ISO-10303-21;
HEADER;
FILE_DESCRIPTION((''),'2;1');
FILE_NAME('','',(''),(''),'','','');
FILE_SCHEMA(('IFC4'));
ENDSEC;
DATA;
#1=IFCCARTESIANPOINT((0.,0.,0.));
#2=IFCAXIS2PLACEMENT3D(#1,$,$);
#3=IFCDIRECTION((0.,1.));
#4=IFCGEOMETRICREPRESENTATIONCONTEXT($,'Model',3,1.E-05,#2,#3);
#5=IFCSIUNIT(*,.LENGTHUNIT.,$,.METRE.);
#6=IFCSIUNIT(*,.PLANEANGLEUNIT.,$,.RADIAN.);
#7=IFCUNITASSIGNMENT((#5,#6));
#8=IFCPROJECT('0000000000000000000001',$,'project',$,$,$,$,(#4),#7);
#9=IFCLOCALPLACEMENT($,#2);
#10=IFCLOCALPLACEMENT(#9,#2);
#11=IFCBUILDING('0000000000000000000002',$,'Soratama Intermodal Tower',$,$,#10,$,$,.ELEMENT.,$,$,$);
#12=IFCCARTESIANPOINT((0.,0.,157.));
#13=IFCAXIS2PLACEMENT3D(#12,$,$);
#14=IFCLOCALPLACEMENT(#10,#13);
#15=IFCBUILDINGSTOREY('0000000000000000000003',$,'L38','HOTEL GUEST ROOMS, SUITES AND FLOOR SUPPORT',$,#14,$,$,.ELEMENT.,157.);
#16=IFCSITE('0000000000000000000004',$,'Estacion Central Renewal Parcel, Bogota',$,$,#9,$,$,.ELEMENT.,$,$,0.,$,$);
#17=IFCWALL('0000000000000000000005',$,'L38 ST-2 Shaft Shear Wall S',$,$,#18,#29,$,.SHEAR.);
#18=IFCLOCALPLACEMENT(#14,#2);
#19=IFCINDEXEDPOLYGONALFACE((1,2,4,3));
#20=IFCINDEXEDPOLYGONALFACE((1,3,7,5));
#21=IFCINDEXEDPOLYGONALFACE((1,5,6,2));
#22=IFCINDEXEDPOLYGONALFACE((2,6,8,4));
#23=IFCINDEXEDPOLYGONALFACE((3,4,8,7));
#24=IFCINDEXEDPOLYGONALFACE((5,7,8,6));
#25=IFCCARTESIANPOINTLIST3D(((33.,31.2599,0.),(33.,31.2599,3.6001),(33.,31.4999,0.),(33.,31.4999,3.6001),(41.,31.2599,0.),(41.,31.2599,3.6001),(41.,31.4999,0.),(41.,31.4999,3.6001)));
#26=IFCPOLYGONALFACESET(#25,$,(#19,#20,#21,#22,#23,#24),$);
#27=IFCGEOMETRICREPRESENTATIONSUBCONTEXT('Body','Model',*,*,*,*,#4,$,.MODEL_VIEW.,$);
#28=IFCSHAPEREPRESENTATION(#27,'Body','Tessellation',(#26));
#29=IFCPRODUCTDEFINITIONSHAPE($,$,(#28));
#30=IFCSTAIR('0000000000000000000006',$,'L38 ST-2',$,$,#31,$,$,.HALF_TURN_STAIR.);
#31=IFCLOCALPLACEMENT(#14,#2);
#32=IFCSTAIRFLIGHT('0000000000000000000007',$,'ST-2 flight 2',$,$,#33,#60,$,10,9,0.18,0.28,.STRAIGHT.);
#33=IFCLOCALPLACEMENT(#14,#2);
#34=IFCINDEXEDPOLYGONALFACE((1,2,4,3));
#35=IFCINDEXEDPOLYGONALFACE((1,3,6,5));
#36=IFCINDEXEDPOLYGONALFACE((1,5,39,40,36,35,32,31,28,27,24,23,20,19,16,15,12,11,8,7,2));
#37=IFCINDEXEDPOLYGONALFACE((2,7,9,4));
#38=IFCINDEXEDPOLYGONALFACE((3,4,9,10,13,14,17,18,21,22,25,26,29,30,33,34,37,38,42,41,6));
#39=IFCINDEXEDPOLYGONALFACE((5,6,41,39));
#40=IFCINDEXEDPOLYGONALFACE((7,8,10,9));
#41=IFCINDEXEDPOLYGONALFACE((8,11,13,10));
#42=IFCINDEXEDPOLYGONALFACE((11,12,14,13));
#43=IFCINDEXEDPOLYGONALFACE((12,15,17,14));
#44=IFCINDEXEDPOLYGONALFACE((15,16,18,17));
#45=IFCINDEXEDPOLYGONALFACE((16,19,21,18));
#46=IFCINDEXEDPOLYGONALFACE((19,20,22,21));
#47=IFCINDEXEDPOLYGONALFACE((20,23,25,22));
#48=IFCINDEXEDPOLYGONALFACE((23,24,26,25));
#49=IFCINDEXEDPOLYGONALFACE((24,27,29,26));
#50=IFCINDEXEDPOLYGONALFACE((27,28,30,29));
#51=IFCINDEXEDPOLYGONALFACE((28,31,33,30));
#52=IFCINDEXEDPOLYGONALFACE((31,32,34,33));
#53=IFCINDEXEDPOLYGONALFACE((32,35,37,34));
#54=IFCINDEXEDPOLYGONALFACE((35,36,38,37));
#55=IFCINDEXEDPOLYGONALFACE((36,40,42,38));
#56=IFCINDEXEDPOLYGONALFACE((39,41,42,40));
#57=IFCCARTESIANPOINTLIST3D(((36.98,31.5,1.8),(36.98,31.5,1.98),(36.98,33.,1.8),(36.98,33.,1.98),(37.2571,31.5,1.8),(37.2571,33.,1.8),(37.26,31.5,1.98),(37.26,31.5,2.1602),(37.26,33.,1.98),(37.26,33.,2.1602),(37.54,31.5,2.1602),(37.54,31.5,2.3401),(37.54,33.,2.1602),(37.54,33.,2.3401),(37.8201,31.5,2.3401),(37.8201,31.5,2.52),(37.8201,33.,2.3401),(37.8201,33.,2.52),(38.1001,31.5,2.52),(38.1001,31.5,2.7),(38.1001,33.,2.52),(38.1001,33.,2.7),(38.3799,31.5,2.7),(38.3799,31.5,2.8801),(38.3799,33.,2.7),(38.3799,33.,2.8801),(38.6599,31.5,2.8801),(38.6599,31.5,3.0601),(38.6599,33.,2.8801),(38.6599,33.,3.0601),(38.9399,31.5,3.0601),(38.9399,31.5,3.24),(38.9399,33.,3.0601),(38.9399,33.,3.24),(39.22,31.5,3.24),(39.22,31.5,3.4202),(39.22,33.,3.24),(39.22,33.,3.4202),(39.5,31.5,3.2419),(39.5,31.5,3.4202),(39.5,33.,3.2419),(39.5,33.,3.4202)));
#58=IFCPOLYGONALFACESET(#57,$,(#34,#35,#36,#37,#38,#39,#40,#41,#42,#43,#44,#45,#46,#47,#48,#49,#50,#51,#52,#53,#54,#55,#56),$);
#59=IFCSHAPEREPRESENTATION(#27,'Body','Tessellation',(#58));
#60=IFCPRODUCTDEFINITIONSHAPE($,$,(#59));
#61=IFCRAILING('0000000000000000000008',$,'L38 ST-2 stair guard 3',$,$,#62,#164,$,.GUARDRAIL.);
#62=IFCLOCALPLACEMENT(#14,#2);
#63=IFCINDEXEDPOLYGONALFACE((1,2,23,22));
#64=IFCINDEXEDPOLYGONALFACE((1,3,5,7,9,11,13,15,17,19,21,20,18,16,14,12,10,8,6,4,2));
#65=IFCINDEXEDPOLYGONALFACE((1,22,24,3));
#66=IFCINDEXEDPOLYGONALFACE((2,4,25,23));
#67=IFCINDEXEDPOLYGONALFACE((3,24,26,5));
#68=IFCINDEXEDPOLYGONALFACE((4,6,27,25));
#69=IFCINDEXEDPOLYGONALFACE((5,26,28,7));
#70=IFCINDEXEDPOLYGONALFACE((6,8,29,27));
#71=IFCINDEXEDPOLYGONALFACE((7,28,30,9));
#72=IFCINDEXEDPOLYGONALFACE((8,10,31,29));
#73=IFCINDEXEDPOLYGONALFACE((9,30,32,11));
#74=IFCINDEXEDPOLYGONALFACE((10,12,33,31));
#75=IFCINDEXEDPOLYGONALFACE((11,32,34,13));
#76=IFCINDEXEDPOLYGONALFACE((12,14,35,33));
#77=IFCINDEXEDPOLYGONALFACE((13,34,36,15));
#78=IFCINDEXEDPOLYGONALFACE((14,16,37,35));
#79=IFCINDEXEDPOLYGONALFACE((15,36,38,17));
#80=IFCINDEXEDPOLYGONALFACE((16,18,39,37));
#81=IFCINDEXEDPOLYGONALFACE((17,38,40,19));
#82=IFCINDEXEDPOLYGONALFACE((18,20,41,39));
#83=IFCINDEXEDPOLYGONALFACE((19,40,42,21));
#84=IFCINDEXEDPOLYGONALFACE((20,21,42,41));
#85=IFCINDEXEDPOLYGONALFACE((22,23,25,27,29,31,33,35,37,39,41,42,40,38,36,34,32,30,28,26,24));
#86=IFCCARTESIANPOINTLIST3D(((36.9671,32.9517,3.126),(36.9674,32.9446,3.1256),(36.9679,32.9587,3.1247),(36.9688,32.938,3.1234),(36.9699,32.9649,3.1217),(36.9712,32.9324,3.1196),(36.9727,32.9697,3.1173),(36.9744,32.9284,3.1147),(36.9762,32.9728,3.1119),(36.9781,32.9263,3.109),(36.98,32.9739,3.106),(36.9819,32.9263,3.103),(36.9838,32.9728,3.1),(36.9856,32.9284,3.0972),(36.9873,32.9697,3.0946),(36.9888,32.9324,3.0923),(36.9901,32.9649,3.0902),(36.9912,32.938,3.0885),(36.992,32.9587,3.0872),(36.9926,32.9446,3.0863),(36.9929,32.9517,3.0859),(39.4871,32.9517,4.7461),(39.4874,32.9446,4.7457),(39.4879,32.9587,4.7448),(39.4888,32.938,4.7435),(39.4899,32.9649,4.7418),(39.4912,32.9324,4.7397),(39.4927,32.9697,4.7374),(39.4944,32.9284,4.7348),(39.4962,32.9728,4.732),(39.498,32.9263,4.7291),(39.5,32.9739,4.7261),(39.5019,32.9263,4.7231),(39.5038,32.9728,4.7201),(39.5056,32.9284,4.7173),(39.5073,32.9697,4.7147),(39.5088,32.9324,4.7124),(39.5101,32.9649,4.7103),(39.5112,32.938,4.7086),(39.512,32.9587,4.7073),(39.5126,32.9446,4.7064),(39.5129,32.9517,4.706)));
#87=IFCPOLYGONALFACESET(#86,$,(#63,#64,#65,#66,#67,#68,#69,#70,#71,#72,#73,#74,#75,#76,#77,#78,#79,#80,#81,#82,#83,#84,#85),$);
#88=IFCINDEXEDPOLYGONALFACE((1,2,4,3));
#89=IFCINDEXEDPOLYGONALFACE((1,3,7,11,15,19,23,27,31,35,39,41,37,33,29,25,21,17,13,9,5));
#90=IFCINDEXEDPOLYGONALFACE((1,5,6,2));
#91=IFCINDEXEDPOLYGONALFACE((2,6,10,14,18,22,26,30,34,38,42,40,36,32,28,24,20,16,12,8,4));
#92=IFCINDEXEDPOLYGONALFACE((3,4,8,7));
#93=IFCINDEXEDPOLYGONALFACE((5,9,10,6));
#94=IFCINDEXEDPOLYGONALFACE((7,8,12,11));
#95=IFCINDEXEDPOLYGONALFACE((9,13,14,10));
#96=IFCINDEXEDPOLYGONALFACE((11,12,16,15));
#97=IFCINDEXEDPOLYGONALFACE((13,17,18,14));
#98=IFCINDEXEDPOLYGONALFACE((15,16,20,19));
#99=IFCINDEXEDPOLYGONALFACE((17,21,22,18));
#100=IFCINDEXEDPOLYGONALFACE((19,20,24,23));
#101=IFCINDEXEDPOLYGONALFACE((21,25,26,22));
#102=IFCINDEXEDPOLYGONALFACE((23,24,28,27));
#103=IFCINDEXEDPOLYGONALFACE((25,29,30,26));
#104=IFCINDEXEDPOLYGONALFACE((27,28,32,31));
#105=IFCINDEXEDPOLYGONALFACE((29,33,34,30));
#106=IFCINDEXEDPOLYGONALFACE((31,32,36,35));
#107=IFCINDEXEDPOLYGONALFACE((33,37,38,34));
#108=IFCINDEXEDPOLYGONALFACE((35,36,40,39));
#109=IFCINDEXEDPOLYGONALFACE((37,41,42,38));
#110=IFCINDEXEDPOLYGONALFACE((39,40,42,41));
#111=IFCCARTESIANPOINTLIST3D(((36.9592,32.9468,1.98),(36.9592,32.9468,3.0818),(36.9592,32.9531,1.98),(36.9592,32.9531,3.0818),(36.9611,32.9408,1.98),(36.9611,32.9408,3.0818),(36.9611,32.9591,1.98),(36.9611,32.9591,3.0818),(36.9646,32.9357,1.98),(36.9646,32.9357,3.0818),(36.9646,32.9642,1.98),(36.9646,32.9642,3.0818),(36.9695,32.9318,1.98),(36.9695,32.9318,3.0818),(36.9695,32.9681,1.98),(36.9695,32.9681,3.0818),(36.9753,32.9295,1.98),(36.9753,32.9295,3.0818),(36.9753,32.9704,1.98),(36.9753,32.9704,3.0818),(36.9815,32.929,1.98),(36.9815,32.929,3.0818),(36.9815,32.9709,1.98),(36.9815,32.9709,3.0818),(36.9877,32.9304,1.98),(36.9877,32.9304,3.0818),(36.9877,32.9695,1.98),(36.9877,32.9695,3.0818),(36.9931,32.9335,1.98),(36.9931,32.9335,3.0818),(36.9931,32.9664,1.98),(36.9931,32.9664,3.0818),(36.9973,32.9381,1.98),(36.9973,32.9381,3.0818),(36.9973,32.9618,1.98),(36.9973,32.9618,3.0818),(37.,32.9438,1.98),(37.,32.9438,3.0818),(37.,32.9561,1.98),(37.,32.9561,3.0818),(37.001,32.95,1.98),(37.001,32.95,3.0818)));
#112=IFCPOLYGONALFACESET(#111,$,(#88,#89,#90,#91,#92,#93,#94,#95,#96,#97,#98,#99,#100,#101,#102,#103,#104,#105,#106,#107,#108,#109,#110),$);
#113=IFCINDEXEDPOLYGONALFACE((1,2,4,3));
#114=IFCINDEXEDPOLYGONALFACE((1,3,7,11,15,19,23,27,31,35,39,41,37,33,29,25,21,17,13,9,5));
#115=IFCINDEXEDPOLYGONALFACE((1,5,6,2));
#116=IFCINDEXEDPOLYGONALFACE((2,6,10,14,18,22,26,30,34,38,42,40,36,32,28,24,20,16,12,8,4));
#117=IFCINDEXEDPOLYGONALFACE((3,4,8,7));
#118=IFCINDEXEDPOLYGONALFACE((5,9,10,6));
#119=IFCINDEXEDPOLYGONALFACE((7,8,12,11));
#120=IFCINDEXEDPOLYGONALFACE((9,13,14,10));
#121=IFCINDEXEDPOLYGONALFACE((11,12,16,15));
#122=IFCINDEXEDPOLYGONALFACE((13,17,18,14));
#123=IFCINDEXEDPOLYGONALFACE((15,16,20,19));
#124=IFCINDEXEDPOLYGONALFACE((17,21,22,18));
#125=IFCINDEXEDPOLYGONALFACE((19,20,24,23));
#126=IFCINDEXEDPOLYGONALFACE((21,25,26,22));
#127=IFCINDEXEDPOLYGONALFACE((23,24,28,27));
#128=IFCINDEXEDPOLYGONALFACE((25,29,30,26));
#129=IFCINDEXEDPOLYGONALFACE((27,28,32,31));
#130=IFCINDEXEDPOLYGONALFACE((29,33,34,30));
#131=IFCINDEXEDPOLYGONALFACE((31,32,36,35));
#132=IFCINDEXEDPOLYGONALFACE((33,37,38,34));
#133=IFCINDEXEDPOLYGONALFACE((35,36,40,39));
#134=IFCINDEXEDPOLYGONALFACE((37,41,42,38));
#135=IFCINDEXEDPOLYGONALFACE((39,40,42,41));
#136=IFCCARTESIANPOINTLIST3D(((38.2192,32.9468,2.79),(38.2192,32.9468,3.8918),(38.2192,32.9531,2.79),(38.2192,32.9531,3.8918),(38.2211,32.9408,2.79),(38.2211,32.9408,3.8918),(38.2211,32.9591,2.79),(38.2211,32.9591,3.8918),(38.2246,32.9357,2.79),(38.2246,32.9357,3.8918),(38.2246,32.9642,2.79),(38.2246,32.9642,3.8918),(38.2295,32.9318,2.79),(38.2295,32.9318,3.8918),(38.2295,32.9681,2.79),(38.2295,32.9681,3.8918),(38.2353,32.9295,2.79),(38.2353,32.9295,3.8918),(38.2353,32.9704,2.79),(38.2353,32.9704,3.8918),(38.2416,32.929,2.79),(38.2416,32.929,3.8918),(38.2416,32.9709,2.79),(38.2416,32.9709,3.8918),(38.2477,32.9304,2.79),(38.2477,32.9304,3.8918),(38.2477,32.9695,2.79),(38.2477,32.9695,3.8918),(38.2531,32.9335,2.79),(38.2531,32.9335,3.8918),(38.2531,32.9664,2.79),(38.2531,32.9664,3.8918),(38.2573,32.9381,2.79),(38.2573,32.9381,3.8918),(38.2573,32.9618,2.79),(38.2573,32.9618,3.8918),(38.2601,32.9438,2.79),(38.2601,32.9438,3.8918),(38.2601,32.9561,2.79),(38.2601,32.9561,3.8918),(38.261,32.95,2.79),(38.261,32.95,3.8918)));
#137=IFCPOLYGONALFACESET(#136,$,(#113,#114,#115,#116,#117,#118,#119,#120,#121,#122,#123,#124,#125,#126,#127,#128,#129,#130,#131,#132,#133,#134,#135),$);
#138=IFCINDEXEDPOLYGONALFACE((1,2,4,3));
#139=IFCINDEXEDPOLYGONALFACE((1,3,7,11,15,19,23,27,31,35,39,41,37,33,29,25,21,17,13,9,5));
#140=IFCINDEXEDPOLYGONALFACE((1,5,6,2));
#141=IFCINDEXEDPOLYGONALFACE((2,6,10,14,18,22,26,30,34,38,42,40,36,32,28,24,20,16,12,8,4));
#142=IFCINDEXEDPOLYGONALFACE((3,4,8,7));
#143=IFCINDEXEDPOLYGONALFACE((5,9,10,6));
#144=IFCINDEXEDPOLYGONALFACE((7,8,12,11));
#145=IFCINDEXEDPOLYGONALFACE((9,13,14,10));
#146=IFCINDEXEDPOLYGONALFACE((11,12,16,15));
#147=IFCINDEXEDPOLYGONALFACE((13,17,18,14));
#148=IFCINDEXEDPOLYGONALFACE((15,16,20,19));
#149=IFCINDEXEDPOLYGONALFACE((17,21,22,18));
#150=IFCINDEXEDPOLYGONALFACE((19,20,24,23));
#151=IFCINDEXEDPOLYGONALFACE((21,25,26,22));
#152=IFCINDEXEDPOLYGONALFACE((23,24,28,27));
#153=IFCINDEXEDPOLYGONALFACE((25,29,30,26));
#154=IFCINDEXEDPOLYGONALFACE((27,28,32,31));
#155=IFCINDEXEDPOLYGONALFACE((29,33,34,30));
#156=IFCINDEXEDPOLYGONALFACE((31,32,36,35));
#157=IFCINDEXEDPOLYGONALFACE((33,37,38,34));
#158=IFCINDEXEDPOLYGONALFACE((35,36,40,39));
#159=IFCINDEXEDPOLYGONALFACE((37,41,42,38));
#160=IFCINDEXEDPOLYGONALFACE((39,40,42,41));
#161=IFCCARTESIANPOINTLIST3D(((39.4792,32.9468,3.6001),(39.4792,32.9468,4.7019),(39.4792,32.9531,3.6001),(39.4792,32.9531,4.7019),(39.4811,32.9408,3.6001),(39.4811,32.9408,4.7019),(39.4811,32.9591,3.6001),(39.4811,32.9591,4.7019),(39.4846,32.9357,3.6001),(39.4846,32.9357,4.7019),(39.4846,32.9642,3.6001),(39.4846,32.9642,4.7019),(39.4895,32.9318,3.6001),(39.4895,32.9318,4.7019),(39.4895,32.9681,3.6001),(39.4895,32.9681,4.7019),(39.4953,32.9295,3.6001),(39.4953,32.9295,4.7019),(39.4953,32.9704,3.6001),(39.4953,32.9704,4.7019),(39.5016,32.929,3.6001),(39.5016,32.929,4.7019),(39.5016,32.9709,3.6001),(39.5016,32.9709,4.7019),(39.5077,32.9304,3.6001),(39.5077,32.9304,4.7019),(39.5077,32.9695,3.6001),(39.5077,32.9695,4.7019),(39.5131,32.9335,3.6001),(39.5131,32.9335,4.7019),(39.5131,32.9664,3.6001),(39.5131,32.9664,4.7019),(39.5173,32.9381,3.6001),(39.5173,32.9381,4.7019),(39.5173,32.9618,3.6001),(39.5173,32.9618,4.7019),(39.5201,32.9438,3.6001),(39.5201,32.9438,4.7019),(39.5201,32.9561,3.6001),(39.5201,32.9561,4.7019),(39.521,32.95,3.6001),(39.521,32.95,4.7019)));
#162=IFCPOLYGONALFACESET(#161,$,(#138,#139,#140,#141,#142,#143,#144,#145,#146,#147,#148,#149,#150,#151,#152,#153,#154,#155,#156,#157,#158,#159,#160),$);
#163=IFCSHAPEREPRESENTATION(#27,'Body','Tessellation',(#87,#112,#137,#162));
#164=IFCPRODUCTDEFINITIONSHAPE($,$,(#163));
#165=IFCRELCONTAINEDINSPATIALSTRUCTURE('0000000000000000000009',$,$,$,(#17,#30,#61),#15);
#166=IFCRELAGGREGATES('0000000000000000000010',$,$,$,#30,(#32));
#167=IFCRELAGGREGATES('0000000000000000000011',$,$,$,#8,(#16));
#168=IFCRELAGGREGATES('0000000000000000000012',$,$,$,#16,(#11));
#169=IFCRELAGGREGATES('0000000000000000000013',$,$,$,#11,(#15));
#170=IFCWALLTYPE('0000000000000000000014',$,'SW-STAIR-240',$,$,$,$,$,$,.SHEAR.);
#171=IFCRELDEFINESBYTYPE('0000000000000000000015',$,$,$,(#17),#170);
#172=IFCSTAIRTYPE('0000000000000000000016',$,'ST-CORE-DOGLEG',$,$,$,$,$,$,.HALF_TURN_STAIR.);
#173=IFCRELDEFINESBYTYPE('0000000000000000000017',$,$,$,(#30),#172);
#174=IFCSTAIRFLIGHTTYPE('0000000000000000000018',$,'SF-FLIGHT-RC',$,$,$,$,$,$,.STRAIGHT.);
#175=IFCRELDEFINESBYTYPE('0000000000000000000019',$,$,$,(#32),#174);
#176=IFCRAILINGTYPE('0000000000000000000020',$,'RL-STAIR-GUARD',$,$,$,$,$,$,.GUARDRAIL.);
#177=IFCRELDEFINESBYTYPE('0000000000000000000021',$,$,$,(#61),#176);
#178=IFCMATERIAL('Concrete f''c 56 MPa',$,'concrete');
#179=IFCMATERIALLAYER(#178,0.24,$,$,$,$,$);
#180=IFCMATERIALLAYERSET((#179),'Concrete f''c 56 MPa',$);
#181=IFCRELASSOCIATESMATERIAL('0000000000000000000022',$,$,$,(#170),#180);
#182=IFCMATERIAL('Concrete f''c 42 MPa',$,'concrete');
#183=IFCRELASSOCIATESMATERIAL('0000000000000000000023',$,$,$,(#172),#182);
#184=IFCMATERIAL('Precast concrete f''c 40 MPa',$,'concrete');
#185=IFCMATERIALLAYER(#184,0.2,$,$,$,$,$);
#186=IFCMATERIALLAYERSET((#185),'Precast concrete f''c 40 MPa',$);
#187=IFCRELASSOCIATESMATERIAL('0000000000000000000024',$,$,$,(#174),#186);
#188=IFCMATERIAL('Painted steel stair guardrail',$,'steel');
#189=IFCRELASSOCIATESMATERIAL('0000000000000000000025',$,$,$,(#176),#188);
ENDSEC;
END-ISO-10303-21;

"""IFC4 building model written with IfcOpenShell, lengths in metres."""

from ifc_helpers import new_model, si_unit, direction, frame, frame_2d, origin, origin_2d, place, context, subcontext, project, spatial, polyline, rectangle, circle, outline, extrude, material, layer, layer_set, type_object, element, aggregate, save


model = new_model("IFC4")

# Units and contexts
model_context = context("Model", 3, precision=1e-05, world=origin(), true_north=direction((0.0, 1.0)))
body_context = subcontext(model_context, "Body", "Model", "MODEL_VIEW")
ifc_project = project(units=[si_unit("LENGTHUNIT", "METRE"), si_unit("PLANEANGLEUNIT", "RADIAN")], contexts=[model_context])

# Site, building, storey
site_placement = place(None, origin())
site = spatial("IfcSite", under=ifc_project, at=site_placement, Name="Estacion Central Renewal Parcel, Bogota", CompositionType="ELEMENT", RefElevation=0.0)
building_placement = place(site_placement, origin())
building = spatial("IfcBuilding", under=site, at=building_placement, Name="Soratama Intermodal Tower", CompositionType="ELEMENT")
storey_placement = place(building_placement, frame((0.0, 0.0, 157.0)))
storey = spatial("IfcBuildingStorey", under=building, at=storey_placement, Name="L38", Description="HOTEL GUEST ROOMS, SUITES AND FLOOR SUPPORT", CompositionType="ELEMENT", Elevation=157.0)

# Wall
ifc_material_1 = material(Name="Concrete f'c 56 MPa", Category="concrete")
ifc_layer_1 = layer(ifc_material_1, 0.24)
ifc_layer_set_1 = layer_set([ifc_layer_1], Name="Concrete f'c 56 MPa")
wall_type_1 = type_object("IfcWallType", Name="SW-STAIR-240", PredefinedType="SHEAR", material=ifc_layer_set_1)
wall_1_placement = place(storey_placement, frame((33.0, 31.3799, 0.0), z_axis=(0.0, 0.0, 1.0), x_axis=(1.0, 0.0, 0.0)))
element("IfcWall", 1, at=wall_1_placement, inside=storey, type_object=wall_type_1, Name="L38 ST-2 Shaft Shear Wall S", PredefinedType="SHEAR", context=body_context, shape_type="SweptSolid", body=[
    extrude(rectangle(XDim=8.0, YDim=0.24, at=frame_2d((4.0, 0.0))), origin(), (0.0, 0.0, 1.0), 3.6001),
])

# Stair, stair flight
ifc_material_2 = material(Name="Concrete f'c 42 MPa", Category="concrete")
stair_type = type_object("IfcStairType", Name="ST-CORE-DOGLEG", PredefinedType="HALF_TURN_STAIR", material=ifc_material_2)
stair_placement = place(storey_placement, origin())
stair = element("IfcStair", 2, at=stair_placement, inside=storey, type_object=stair_type, Name="L38 ST-2", PredefinedType="HALF_TURN_STAIR")
ifc_material_3 = material(Name="Precast concrete f'c 40 MPa", Category="concrete")
ifc_layer_2 = layer(ifc_material_3, 0.2)
ifc_layer_set_2 = layer_set([ifc_layer_2], Name="Precast concrete f'c 40 MPa")
stair_flight_type = type_object("IfcStairFlightType", Name="SF-FLIGHT-RC", PredefinedType="STRAIGHT", material=ifc_layer_set_2)
stair_flight_placement = place(storey_placement, frame((36.98, 32.25, 1.8), z_axis=(0.0, 0.0, 1.0), x_axis=(1.0, 0.0, 0.0)))
stair_flight = element("IfcStairFlight", 3, at=stair_flight_placement, type_object=stair_flight_type, Name="ST-2 flight 2", NumberOfRisers=10, NumberOfTreads=9, PredefinedType="STRAIGHT", RiserHeight=0.18, TreadLength=0.28, context=body_context, shape_type="SweptSolid", body=[
    extrude(outline(polyline([(0.0, 0.0), (0.0, 0.1799), (0.28, 0.1799), (0.28, 0.3601), (0.5601, 0.3601), (0.5601, 0.54), (0.8401, 0.54), (0.8401, 0.72), (1.1201, 0.72), (1.1201, 0.8999), (1.3999, 0.8999), (1.3999, 1.0801), (1.6799, 1.0801), (1.6799, 1.26), (1.96, 1.26), (1.96, 1.4399), (2.24, 1.4399), (2.24, 1.6201), (2.52, 1.6201), (2.52, 1.8), (2.52, 1.4419), (0.2771, 0.0), (0.0, 0.0)])), frame((0.0, 0.75, 0.0), z_axis=(0.0, -1.0, 0.0), x_axis=(1.0, 0.0, 0.0)), (0.0, 0.0, 1.0), 1.5),
])
aggregate(stair, [stair_flight])

# Railing
ifc_material_4 = material(Name="Painted steel stair guardrail", Category="steel")
railing_type_1 = type_object("IfcRailingType", Name="RL-STAIR-GUARD", PredefinedType="GUARDRAIL", material=ifc_material_4)
railing_1_placement = place(storey_placement, frame((36.98, 32.95, 1.98)))
element("IfcRailing", 4, at=railing_1_placement, inside=storey, type_object=railing_type_1, Name="L38 ST-2 stair guard 3", PredefinedType="GUARDRAIL", context=body_context, shape_type="SweptSolid", body=[
    extrude(circle(Radius=0.0239, at=origin_2d()), frame((0.0, 0.0, 1.126), z_axis=(0.841163, 0.0, 0.540782), x_axis=(0.0, 1.0, 0.0)), (0.0, 0.0, 1.0), 2.9958),
    extrude(circle(Radius=0.021, at=origin_2d()), origin(), (0.0, 0.0, 1.0), 1.1018),
    extrude(circle(Radius=0.021, at=origin_2d()), frame((1.26, 0.0, 0.8101)), (0.0, 0.0, 1.0), 1.1018),
    extrude(circle(Radius=0.021, at=origin_2d()), frame((2.52, 0.0, 1.6201)), (0.0, 0.0, 1.0), 1.1018),
])

save(model, "model.ifc")
